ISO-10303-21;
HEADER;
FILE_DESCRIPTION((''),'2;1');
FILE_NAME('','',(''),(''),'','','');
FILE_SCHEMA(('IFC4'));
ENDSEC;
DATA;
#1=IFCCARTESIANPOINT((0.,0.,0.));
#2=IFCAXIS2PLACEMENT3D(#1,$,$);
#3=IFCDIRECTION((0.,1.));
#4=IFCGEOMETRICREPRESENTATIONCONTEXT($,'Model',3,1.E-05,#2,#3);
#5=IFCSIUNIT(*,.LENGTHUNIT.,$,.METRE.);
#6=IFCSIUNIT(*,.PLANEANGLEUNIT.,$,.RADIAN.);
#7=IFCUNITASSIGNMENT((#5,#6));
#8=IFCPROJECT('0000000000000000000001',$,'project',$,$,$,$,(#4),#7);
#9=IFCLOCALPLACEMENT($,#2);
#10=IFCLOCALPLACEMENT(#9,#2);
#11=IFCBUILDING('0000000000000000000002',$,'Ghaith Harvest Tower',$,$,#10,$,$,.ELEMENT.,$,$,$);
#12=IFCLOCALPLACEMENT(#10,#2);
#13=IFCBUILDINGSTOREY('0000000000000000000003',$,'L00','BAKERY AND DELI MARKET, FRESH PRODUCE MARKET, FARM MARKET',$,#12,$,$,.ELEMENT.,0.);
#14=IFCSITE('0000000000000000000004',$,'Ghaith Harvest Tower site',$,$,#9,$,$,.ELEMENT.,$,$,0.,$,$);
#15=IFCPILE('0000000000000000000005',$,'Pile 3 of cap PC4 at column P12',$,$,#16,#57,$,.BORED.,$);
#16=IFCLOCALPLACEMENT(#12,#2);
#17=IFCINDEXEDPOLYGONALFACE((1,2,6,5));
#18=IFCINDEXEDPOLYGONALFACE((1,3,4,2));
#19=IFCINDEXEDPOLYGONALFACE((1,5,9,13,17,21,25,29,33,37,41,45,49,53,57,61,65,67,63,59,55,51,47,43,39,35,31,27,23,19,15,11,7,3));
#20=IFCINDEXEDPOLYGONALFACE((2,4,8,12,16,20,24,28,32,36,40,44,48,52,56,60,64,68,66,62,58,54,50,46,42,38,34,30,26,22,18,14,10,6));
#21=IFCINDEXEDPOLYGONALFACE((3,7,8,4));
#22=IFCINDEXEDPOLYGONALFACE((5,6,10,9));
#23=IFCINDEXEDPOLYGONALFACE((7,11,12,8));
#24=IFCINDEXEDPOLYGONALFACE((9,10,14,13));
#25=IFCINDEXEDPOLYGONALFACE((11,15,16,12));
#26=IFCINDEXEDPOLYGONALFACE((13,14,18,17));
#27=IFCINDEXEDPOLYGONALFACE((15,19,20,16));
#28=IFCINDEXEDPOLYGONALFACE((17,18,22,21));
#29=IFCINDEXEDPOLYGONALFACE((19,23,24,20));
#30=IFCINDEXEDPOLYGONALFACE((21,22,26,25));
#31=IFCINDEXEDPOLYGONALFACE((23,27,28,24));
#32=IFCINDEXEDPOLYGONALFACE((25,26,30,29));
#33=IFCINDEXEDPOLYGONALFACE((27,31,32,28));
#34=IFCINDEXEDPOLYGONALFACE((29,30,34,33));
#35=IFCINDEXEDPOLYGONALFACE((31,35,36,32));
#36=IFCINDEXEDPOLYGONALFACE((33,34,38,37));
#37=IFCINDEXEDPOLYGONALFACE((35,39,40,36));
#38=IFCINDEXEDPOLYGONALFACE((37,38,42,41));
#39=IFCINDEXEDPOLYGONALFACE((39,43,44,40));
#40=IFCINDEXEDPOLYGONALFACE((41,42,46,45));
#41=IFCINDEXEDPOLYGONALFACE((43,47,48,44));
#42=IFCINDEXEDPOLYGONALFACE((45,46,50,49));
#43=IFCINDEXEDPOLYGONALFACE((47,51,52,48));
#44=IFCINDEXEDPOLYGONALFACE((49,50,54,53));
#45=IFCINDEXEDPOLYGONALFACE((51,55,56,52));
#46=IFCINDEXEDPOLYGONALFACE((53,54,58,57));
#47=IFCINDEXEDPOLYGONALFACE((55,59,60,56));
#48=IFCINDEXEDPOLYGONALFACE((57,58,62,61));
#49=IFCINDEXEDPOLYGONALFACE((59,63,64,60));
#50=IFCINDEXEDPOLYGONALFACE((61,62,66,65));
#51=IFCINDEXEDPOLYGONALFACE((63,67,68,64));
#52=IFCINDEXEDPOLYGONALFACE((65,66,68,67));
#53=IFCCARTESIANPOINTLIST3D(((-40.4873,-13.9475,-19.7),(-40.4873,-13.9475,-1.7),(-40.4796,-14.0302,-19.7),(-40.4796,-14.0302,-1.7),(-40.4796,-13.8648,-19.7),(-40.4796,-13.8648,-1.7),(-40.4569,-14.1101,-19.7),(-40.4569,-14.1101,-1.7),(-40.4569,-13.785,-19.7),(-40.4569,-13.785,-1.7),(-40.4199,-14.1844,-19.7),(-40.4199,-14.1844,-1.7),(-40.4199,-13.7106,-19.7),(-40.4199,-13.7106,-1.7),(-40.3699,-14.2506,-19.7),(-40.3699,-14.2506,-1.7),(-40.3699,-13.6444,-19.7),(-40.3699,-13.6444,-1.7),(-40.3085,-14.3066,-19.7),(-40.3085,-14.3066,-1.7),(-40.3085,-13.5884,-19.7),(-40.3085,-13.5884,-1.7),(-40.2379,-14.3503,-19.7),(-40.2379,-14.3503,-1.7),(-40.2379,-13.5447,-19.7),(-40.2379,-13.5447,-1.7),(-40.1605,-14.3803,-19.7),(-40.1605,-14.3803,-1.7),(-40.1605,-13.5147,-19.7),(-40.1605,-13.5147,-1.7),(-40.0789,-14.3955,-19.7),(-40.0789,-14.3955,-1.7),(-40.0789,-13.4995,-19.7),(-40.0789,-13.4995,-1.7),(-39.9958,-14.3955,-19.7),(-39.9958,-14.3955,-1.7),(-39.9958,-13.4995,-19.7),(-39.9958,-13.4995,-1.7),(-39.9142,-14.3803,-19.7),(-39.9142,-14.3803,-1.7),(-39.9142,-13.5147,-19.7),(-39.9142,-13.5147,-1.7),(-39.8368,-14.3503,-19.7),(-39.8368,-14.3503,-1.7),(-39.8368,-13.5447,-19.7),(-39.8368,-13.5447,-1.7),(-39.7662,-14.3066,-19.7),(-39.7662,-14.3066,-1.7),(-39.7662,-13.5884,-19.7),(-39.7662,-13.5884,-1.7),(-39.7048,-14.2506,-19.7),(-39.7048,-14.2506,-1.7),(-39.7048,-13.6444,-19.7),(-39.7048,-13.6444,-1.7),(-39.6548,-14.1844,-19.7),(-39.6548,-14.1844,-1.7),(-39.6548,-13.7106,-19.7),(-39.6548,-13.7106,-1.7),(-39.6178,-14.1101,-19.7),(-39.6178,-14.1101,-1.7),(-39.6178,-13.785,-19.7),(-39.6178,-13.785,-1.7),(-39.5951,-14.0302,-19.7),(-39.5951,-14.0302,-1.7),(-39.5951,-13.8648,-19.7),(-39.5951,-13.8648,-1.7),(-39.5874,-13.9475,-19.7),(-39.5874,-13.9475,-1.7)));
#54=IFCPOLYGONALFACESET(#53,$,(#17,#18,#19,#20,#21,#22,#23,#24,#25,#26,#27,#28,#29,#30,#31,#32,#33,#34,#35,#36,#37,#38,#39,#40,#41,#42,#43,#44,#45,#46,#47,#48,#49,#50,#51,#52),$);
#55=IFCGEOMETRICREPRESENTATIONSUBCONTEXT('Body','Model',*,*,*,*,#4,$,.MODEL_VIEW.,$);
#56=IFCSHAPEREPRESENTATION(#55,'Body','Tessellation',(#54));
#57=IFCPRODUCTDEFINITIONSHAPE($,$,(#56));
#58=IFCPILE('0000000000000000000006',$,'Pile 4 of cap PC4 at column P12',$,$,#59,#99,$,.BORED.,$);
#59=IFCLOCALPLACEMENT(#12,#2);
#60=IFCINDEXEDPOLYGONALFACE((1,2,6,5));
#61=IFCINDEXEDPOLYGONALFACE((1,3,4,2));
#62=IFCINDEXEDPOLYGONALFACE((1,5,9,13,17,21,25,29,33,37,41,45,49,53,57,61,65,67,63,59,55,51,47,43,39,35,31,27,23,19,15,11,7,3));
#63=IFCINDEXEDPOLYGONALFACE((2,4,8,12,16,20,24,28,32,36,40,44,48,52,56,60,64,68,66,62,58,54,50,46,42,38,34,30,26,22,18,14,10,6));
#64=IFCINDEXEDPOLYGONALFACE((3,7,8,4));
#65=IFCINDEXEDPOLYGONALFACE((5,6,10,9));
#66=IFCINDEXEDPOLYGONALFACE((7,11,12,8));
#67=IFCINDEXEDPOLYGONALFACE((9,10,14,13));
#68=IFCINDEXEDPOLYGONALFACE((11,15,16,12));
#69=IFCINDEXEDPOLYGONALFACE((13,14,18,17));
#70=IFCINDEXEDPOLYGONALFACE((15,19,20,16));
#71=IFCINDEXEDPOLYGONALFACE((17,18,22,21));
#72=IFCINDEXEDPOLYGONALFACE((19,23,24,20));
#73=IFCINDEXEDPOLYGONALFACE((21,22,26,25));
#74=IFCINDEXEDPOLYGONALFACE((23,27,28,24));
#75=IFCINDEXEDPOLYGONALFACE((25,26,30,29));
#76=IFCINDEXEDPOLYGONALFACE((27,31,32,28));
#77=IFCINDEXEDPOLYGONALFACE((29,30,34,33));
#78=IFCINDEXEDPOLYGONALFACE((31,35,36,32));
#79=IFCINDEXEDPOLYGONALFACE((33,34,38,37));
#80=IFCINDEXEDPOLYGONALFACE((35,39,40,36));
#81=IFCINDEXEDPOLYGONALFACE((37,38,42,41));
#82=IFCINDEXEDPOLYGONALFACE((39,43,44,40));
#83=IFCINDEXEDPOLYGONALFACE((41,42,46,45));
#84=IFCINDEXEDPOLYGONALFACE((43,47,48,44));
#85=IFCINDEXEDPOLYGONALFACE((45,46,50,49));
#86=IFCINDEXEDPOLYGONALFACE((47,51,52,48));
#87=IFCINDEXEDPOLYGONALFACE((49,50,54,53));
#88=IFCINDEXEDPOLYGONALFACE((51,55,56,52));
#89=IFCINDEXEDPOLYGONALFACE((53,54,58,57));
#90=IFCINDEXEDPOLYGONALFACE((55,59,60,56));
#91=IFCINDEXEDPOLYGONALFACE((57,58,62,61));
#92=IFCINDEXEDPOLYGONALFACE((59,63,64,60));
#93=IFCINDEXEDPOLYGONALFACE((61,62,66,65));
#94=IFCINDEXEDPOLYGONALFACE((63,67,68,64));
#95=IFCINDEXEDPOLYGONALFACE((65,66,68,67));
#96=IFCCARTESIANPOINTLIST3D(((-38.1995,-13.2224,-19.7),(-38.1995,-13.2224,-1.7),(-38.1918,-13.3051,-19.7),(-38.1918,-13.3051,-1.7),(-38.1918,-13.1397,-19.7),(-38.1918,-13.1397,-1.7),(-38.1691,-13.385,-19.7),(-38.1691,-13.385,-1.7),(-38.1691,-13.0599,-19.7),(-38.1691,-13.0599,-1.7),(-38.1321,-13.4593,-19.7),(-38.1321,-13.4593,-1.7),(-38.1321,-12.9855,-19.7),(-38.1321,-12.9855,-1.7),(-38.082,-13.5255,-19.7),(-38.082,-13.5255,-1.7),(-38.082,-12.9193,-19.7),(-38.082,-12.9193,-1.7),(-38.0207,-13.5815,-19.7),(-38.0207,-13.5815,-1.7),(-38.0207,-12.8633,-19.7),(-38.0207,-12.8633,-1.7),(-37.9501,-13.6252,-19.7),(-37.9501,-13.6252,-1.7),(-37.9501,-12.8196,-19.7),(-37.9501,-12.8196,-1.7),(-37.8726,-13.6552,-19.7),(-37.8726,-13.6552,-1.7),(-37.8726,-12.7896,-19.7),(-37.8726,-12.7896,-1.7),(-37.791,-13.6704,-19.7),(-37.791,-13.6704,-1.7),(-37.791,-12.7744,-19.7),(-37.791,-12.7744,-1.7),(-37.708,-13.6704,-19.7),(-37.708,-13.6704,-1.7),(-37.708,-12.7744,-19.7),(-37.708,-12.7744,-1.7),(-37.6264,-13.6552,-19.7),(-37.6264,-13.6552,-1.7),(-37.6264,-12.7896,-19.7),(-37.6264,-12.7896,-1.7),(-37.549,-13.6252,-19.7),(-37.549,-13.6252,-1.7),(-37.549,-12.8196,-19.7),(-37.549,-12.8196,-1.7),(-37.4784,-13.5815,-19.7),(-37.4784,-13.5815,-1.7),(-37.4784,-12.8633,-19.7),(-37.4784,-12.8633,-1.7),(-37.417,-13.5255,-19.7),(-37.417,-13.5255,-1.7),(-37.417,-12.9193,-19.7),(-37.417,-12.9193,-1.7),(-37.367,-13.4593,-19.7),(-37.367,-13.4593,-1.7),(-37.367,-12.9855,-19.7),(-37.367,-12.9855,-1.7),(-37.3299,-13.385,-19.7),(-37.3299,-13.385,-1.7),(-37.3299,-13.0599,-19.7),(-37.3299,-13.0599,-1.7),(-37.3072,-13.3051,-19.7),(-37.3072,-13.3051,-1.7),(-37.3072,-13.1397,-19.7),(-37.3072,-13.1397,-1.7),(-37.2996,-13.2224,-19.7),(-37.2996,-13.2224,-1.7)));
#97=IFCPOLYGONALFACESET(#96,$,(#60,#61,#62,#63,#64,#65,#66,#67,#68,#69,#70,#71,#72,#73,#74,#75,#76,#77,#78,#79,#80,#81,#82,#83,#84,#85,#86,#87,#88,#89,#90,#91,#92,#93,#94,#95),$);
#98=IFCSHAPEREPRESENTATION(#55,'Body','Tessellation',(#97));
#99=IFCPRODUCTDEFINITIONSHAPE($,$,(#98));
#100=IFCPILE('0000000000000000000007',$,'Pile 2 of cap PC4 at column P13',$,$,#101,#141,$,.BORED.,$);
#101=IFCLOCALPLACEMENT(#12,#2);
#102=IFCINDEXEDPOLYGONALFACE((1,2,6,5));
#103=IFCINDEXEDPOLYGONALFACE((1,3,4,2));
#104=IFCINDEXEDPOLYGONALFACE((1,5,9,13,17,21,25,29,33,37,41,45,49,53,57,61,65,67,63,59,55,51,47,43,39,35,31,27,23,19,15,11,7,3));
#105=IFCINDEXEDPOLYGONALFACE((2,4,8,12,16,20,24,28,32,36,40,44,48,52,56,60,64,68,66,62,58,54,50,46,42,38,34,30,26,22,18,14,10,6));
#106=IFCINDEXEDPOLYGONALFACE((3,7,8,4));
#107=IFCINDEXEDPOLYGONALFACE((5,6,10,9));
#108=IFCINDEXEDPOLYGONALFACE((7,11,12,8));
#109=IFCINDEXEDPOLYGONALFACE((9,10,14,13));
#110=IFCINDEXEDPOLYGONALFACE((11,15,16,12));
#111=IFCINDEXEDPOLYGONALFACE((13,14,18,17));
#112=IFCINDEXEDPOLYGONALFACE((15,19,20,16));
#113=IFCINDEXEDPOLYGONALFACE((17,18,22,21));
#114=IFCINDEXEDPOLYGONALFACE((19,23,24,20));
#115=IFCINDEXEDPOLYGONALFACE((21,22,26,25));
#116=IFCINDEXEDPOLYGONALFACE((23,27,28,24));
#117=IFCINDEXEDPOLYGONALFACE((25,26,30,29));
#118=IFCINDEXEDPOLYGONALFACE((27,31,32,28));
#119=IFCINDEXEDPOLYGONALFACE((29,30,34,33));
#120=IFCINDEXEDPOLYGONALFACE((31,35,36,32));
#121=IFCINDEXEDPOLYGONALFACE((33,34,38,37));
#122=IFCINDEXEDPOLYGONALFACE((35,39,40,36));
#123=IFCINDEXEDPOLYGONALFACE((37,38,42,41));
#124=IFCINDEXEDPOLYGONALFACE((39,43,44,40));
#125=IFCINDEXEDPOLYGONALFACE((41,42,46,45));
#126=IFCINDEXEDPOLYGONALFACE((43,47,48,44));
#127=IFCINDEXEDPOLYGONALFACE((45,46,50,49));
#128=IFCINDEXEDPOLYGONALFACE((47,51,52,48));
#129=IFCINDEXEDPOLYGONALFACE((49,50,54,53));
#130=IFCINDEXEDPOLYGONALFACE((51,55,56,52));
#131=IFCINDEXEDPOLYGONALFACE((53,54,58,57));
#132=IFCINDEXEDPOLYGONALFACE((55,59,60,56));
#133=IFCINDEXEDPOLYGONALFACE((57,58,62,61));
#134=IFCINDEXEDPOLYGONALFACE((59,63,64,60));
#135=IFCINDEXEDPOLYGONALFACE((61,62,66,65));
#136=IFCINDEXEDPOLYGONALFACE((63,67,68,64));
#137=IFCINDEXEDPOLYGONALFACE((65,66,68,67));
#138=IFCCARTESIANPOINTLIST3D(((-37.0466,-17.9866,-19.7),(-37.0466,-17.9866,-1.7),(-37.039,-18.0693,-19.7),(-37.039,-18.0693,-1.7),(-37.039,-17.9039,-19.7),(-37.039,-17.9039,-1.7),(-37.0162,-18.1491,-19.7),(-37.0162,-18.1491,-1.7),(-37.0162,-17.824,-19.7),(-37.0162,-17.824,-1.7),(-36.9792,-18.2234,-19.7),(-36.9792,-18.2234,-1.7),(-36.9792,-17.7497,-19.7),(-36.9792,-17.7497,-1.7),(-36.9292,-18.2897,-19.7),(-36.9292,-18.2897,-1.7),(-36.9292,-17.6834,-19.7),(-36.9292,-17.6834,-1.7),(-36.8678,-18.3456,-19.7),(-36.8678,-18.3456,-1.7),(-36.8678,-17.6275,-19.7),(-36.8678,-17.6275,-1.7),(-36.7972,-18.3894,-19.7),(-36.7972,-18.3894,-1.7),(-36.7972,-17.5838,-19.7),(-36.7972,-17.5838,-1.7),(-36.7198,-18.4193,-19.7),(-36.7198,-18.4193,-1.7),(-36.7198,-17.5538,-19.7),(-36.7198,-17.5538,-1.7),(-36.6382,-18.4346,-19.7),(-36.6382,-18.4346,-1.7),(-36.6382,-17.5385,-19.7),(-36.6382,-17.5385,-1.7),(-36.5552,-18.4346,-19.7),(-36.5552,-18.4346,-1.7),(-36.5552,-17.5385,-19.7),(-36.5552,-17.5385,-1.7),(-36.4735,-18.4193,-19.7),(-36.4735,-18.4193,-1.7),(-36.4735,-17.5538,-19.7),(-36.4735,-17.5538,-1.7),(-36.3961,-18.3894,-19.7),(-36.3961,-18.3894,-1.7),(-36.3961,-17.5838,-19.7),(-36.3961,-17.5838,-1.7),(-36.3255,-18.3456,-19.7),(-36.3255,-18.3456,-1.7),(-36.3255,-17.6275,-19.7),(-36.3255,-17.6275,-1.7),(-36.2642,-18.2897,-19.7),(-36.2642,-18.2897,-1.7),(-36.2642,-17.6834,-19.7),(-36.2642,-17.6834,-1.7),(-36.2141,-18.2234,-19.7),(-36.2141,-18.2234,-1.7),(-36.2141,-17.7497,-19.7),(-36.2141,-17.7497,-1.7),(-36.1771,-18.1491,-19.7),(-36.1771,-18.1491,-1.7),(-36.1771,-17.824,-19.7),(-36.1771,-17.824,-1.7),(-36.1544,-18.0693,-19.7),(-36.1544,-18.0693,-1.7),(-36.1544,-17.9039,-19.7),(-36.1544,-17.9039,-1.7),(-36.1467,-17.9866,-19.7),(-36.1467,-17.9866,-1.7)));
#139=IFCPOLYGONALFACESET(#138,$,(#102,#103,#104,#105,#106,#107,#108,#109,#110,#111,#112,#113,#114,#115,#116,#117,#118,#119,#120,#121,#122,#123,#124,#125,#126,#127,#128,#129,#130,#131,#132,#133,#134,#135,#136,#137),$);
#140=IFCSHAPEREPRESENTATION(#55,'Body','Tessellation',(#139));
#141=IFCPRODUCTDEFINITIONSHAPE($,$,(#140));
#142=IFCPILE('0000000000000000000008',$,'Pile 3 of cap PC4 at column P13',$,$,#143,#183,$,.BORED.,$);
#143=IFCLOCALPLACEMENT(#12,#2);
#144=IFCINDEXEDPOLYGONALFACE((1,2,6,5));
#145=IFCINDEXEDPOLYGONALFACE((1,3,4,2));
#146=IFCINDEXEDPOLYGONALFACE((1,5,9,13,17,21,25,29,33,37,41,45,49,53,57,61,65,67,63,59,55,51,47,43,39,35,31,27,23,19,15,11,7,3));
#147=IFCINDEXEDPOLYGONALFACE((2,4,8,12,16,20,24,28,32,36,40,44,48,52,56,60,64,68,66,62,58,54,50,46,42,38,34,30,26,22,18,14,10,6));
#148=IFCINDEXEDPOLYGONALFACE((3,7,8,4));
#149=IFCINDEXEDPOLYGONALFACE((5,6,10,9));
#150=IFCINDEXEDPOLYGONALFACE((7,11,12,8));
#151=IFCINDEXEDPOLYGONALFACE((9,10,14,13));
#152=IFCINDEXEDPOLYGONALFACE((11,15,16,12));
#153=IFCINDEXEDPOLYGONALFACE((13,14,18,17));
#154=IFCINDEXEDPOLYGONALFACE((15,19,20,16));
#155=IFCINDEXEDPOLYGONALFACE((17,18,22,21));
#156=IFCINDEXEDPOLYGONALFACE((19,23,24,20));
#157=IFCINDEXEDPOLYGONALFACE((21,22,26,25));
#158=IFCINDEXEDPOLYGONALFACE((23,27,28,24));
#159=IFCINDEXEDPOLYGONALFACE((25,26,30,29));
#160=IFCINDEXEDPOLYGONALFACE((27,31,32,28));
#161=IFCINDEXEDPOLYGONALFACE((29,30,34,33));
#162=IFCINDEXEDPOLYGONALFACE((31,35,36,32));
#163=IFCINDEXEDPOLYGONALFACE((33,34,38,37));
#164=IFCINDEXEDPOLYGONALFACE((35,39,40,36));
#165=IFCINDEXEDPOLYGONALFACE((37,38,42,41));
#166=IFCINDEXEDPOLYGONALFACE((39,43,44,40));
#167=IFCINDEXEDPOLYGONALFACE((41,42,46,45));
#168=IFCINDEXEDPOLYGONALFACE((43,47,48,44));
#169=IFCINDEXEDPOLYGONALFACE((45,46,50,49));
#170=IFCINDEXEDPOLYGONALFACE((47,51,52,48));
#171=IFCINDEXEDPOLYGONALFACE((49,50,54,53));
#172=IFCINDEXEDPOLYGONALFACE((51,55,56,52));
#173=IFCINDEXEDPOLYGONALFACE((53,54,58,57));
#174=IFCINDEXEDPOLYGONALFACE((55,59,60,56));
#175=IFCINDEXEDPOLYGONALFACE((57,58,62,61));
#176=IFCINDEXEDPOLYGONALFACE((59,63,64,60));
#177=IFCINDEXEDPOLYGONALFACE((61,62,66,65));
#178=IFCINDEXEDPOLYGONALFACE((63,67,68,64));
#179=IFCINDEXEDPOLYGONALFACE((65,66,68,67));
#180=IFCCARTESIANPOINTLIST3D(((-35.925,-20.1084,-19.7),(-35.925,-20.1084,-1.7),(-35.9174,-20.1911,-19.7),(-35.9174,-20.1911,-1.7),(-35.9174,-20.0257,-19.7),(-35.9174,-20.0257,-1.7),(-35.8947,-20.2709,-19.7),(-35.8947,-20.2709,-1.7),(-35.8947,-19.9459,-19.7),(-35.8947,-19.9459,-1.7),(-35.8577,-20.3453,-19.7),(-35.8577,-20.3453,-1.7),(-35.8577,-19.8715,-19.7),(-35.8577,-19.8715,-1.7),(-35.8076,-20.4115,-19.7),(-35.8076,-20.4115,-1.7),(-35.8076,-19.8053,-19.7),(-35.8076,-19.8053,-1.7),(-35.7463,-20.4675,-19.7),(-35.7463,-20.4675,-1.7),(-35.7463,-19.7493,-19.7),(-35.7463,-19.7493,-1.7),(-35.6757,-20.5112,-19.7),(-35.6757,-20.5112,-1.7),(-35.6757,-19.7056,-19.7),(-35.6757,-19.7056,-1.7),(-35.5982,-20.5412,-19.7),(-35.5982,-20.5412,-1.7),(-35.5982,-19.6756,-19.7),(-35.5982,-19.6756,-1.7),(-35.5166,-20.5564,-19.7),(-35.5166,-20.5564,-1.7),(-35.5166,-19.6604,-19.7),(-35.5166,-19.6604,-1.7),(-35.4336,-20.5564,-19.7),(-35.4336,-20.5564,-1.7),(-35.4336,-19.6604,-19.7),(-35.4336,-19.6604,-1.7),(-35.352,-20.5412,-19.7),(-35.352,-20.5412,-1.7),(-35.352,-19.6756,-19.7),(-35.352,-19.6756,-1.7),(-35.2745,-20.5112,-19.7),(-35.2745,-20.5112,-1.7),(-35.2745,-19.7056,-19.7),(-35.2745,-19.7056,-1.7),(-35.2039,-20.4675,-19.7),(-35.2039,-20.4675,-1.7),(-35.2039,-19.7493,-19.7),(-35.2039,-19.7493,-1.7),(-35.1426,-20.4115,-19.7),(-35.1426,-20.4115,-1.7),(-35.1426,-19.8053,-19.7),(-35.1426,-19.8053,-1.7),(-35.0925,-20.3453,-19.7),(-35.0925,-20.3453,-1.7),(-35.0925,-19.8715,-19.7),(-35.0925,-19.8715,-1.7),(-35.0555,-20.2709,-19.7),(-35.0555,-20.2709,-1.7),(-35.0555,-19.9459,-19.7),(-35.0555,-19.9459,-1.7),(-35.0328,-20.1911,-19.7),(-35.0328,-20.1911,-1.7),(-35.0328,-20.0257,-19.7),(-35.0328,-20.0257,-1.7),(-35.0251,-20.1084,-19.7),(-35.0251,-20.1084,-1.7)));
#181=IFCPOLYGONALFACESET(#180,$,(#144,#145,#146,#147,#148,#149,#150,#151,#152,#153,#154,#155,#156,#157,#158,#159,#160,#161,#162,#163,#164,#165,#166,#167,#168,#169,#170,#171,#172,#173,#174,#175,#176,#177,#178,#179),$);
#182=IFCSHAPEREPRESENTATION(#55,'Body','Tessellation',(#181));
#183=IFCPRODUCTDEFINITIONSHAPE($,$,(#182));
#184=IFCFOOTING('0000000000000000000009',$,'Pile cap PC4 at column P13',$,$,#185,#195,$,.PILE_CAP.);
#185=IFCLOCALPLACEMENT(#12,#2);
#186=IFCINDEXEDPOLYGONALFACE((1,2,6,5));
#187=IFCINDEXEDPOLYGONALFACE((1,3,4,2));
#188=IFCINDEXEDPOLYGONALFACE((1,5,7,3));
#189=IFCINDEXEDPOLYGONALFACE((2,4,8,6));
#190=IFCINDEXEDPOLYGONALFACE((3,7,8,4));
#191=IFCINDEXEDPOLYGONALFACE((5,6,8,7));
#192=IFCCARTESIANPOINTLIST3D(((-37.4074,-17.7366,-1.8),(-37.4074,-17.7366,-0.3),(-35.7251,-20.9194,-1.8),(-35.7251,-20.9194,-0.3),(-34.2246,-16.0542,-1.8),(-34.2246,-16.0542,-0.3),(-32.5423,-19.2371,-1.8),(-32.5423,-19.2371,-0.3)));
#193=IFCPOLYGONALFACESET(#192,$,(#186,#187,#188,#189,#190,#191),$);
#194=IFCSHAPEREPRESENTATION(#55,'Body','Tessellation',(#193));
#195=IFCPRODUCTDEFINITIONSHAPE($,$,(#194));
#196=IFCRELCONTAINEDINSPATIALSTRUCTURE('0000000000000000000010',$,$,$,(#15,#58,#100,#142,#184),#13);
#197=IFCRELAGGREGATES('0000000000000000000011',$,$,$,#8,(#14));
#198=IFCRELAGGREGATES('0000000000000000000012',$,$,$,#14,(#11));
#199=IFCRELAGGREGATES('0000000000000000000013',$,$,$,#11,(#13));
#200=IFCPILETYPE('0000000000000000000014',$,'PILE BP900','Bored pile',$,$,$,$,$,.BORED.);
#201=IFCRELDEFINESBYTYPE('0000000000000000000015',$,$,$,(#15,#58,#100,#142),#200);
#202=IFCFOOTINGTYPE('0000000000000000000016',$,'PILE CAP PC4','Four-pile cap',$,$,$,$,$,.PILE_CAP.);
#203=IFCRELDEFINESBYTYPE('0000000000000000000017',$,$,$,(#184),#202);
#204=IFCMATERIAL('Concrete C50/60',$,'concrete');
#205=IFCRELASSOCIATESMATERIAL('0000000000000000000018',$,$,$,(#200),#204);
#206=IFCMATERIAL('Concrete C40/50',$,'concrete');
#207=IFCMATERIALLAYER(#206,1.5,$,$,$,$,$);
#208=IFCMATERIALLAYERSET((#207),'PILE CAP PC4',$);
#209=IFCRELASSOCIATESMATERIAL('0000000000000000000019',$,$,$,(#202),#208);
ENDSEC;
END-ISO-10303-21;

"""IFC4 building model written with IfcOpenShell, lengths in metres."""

from ifc_helpers import new_model, si_unit, direction, frame, origin, origin_2d, place, context, subcontext, project, spatial, rectangle, circle, extrude, material, layer, layer_set, material_profile, profile_set, type_object, element, save


model = new_model("IFC4")

# Units and contexts
model_context = context("Model", 3, precision=1e-05, world=origin(), true_north=direction((0.0, 1.0)))
body_context = subcontext(model_context, "Body", "Model", "MODEL_VIEW")
ifc_project = project(units=[si_unit("LENGTHUNIT", "METRE"), si_unit("PLANEANGLEUNIT", "RADIAN")], contexts=[model_context])

# Site, building, storey
site_placement = place(None, origin())
site = spatial("IfcSite", under=ifc_project, at=site_placement, Name="Ghaith Harvest Tower site", CompositionType="ELEMENT", RefElevation=0.0)
building_placement = place(site_placement, origin())
building = spatial("IfcBuilding", under=site, at=building_placement, Name="Ghaith Harvest Tower", CompositionType="ELEMENT")
storey_placement = place(building_placement, origin())
storey = spatial("IfcBuildingStorey", under=building, at=storey_placement, Name="L00", Description="BAKERY AND DELI MARKET, FRESH PRODUCE MARKET, FARM MARKET", CompositionType="ELEMENT", Elevation=0.0)

# Piles
ifc_material_1 = material(Name="Concrete C50/60", Category="concrete")
ifc_material_profile_1 = material_profile(ifc_material_1, circle(Radius=0.45, at=origin_2d()), Name="PILE900")
ifc_profile_set_1 = profile_set([ifc_material_profile_1], Name="Concrete C50/60")
pile_type = type_object("IfcPileType", Name="PILE BP900", Description="Bored pile", PredefinedType="BORED", material=ifc_profile_set_1)
for number, where, z_axis, x_axis, name in (
    (1, (-40.0374, -13.9475, -1.7), (0.0, 0.0, -1.0), (1.0, 0.0, 0.0), "Pile 3 of cap PC4 at column P12"),
    (2, (-37.7495, -13.2224, -1.7), (0.0, 0.0, -1.0), (1.0, 0.0, 0.0), "Pile 4 of cap PC4 at column P12"),
    (3, (-36.5967, -17.9866, -1.7), (0.0, 0.0, -1.0), (1.0, 0.0, 0.0), "Pile 2 of cap PC4 at column P13"),
    (4, (-35.4751, -20.1084, -1.7), (0.0, 0.0, -1.0), (1.0, 0.0, 0.0), "Pile 3 of cap PC4 at column P13"),
):
    element("IfcPile", number, at=place(storey_placement, frame(where, z_axis=z_axis, x_axis=x_axis)), inside=storey, type_object=pile_type, Name=name, PredefinedType="BORED", context=body_context, shape_type="SweptSolid", body=[
        extrude(circle(Radius=0.45, at=origin_2d()), origin(), (0.0, 0.0, 1.0), 18.0),
    ])

# Footing
ifc_material_2 = material(Name="Concrete C40/50", Category="concrete")
ifc_layer_1 = layer(ifc_material_2, 1.5)
ifc_layer_set_1 = layer_set([ifc_layer_1], Name="PILE CAP PC4")
footing_type = type_object("IfcFootingType", Name="PILE CAP PC4", Description="Four-pile cap", PredefinedType="PILE_CAP", material=ifc_layer_set_1)
footing_placement = place(storey_placement, frame((-34.9749, -18.4868, -1.8), z_axis=(0.0, 0.0, 1.0), x_axis=(-0.884095, -0.467307, 0.0)))
element("IfcFooting", 5, at=footing_placement, inside=storey, type_object=footing_type, Name="Pile cap PC4 at column P13", PredefinedType="PILE_CAP", context=body_context, shape_type="SweptSolid", body=[
    extrude(rectangle(XDim=3.6001, YDim=3.6001, at=origin_2d()), origin(), (0.0, 0.0, 1.0), 1.5),
])

save(model, "model.ifc")
